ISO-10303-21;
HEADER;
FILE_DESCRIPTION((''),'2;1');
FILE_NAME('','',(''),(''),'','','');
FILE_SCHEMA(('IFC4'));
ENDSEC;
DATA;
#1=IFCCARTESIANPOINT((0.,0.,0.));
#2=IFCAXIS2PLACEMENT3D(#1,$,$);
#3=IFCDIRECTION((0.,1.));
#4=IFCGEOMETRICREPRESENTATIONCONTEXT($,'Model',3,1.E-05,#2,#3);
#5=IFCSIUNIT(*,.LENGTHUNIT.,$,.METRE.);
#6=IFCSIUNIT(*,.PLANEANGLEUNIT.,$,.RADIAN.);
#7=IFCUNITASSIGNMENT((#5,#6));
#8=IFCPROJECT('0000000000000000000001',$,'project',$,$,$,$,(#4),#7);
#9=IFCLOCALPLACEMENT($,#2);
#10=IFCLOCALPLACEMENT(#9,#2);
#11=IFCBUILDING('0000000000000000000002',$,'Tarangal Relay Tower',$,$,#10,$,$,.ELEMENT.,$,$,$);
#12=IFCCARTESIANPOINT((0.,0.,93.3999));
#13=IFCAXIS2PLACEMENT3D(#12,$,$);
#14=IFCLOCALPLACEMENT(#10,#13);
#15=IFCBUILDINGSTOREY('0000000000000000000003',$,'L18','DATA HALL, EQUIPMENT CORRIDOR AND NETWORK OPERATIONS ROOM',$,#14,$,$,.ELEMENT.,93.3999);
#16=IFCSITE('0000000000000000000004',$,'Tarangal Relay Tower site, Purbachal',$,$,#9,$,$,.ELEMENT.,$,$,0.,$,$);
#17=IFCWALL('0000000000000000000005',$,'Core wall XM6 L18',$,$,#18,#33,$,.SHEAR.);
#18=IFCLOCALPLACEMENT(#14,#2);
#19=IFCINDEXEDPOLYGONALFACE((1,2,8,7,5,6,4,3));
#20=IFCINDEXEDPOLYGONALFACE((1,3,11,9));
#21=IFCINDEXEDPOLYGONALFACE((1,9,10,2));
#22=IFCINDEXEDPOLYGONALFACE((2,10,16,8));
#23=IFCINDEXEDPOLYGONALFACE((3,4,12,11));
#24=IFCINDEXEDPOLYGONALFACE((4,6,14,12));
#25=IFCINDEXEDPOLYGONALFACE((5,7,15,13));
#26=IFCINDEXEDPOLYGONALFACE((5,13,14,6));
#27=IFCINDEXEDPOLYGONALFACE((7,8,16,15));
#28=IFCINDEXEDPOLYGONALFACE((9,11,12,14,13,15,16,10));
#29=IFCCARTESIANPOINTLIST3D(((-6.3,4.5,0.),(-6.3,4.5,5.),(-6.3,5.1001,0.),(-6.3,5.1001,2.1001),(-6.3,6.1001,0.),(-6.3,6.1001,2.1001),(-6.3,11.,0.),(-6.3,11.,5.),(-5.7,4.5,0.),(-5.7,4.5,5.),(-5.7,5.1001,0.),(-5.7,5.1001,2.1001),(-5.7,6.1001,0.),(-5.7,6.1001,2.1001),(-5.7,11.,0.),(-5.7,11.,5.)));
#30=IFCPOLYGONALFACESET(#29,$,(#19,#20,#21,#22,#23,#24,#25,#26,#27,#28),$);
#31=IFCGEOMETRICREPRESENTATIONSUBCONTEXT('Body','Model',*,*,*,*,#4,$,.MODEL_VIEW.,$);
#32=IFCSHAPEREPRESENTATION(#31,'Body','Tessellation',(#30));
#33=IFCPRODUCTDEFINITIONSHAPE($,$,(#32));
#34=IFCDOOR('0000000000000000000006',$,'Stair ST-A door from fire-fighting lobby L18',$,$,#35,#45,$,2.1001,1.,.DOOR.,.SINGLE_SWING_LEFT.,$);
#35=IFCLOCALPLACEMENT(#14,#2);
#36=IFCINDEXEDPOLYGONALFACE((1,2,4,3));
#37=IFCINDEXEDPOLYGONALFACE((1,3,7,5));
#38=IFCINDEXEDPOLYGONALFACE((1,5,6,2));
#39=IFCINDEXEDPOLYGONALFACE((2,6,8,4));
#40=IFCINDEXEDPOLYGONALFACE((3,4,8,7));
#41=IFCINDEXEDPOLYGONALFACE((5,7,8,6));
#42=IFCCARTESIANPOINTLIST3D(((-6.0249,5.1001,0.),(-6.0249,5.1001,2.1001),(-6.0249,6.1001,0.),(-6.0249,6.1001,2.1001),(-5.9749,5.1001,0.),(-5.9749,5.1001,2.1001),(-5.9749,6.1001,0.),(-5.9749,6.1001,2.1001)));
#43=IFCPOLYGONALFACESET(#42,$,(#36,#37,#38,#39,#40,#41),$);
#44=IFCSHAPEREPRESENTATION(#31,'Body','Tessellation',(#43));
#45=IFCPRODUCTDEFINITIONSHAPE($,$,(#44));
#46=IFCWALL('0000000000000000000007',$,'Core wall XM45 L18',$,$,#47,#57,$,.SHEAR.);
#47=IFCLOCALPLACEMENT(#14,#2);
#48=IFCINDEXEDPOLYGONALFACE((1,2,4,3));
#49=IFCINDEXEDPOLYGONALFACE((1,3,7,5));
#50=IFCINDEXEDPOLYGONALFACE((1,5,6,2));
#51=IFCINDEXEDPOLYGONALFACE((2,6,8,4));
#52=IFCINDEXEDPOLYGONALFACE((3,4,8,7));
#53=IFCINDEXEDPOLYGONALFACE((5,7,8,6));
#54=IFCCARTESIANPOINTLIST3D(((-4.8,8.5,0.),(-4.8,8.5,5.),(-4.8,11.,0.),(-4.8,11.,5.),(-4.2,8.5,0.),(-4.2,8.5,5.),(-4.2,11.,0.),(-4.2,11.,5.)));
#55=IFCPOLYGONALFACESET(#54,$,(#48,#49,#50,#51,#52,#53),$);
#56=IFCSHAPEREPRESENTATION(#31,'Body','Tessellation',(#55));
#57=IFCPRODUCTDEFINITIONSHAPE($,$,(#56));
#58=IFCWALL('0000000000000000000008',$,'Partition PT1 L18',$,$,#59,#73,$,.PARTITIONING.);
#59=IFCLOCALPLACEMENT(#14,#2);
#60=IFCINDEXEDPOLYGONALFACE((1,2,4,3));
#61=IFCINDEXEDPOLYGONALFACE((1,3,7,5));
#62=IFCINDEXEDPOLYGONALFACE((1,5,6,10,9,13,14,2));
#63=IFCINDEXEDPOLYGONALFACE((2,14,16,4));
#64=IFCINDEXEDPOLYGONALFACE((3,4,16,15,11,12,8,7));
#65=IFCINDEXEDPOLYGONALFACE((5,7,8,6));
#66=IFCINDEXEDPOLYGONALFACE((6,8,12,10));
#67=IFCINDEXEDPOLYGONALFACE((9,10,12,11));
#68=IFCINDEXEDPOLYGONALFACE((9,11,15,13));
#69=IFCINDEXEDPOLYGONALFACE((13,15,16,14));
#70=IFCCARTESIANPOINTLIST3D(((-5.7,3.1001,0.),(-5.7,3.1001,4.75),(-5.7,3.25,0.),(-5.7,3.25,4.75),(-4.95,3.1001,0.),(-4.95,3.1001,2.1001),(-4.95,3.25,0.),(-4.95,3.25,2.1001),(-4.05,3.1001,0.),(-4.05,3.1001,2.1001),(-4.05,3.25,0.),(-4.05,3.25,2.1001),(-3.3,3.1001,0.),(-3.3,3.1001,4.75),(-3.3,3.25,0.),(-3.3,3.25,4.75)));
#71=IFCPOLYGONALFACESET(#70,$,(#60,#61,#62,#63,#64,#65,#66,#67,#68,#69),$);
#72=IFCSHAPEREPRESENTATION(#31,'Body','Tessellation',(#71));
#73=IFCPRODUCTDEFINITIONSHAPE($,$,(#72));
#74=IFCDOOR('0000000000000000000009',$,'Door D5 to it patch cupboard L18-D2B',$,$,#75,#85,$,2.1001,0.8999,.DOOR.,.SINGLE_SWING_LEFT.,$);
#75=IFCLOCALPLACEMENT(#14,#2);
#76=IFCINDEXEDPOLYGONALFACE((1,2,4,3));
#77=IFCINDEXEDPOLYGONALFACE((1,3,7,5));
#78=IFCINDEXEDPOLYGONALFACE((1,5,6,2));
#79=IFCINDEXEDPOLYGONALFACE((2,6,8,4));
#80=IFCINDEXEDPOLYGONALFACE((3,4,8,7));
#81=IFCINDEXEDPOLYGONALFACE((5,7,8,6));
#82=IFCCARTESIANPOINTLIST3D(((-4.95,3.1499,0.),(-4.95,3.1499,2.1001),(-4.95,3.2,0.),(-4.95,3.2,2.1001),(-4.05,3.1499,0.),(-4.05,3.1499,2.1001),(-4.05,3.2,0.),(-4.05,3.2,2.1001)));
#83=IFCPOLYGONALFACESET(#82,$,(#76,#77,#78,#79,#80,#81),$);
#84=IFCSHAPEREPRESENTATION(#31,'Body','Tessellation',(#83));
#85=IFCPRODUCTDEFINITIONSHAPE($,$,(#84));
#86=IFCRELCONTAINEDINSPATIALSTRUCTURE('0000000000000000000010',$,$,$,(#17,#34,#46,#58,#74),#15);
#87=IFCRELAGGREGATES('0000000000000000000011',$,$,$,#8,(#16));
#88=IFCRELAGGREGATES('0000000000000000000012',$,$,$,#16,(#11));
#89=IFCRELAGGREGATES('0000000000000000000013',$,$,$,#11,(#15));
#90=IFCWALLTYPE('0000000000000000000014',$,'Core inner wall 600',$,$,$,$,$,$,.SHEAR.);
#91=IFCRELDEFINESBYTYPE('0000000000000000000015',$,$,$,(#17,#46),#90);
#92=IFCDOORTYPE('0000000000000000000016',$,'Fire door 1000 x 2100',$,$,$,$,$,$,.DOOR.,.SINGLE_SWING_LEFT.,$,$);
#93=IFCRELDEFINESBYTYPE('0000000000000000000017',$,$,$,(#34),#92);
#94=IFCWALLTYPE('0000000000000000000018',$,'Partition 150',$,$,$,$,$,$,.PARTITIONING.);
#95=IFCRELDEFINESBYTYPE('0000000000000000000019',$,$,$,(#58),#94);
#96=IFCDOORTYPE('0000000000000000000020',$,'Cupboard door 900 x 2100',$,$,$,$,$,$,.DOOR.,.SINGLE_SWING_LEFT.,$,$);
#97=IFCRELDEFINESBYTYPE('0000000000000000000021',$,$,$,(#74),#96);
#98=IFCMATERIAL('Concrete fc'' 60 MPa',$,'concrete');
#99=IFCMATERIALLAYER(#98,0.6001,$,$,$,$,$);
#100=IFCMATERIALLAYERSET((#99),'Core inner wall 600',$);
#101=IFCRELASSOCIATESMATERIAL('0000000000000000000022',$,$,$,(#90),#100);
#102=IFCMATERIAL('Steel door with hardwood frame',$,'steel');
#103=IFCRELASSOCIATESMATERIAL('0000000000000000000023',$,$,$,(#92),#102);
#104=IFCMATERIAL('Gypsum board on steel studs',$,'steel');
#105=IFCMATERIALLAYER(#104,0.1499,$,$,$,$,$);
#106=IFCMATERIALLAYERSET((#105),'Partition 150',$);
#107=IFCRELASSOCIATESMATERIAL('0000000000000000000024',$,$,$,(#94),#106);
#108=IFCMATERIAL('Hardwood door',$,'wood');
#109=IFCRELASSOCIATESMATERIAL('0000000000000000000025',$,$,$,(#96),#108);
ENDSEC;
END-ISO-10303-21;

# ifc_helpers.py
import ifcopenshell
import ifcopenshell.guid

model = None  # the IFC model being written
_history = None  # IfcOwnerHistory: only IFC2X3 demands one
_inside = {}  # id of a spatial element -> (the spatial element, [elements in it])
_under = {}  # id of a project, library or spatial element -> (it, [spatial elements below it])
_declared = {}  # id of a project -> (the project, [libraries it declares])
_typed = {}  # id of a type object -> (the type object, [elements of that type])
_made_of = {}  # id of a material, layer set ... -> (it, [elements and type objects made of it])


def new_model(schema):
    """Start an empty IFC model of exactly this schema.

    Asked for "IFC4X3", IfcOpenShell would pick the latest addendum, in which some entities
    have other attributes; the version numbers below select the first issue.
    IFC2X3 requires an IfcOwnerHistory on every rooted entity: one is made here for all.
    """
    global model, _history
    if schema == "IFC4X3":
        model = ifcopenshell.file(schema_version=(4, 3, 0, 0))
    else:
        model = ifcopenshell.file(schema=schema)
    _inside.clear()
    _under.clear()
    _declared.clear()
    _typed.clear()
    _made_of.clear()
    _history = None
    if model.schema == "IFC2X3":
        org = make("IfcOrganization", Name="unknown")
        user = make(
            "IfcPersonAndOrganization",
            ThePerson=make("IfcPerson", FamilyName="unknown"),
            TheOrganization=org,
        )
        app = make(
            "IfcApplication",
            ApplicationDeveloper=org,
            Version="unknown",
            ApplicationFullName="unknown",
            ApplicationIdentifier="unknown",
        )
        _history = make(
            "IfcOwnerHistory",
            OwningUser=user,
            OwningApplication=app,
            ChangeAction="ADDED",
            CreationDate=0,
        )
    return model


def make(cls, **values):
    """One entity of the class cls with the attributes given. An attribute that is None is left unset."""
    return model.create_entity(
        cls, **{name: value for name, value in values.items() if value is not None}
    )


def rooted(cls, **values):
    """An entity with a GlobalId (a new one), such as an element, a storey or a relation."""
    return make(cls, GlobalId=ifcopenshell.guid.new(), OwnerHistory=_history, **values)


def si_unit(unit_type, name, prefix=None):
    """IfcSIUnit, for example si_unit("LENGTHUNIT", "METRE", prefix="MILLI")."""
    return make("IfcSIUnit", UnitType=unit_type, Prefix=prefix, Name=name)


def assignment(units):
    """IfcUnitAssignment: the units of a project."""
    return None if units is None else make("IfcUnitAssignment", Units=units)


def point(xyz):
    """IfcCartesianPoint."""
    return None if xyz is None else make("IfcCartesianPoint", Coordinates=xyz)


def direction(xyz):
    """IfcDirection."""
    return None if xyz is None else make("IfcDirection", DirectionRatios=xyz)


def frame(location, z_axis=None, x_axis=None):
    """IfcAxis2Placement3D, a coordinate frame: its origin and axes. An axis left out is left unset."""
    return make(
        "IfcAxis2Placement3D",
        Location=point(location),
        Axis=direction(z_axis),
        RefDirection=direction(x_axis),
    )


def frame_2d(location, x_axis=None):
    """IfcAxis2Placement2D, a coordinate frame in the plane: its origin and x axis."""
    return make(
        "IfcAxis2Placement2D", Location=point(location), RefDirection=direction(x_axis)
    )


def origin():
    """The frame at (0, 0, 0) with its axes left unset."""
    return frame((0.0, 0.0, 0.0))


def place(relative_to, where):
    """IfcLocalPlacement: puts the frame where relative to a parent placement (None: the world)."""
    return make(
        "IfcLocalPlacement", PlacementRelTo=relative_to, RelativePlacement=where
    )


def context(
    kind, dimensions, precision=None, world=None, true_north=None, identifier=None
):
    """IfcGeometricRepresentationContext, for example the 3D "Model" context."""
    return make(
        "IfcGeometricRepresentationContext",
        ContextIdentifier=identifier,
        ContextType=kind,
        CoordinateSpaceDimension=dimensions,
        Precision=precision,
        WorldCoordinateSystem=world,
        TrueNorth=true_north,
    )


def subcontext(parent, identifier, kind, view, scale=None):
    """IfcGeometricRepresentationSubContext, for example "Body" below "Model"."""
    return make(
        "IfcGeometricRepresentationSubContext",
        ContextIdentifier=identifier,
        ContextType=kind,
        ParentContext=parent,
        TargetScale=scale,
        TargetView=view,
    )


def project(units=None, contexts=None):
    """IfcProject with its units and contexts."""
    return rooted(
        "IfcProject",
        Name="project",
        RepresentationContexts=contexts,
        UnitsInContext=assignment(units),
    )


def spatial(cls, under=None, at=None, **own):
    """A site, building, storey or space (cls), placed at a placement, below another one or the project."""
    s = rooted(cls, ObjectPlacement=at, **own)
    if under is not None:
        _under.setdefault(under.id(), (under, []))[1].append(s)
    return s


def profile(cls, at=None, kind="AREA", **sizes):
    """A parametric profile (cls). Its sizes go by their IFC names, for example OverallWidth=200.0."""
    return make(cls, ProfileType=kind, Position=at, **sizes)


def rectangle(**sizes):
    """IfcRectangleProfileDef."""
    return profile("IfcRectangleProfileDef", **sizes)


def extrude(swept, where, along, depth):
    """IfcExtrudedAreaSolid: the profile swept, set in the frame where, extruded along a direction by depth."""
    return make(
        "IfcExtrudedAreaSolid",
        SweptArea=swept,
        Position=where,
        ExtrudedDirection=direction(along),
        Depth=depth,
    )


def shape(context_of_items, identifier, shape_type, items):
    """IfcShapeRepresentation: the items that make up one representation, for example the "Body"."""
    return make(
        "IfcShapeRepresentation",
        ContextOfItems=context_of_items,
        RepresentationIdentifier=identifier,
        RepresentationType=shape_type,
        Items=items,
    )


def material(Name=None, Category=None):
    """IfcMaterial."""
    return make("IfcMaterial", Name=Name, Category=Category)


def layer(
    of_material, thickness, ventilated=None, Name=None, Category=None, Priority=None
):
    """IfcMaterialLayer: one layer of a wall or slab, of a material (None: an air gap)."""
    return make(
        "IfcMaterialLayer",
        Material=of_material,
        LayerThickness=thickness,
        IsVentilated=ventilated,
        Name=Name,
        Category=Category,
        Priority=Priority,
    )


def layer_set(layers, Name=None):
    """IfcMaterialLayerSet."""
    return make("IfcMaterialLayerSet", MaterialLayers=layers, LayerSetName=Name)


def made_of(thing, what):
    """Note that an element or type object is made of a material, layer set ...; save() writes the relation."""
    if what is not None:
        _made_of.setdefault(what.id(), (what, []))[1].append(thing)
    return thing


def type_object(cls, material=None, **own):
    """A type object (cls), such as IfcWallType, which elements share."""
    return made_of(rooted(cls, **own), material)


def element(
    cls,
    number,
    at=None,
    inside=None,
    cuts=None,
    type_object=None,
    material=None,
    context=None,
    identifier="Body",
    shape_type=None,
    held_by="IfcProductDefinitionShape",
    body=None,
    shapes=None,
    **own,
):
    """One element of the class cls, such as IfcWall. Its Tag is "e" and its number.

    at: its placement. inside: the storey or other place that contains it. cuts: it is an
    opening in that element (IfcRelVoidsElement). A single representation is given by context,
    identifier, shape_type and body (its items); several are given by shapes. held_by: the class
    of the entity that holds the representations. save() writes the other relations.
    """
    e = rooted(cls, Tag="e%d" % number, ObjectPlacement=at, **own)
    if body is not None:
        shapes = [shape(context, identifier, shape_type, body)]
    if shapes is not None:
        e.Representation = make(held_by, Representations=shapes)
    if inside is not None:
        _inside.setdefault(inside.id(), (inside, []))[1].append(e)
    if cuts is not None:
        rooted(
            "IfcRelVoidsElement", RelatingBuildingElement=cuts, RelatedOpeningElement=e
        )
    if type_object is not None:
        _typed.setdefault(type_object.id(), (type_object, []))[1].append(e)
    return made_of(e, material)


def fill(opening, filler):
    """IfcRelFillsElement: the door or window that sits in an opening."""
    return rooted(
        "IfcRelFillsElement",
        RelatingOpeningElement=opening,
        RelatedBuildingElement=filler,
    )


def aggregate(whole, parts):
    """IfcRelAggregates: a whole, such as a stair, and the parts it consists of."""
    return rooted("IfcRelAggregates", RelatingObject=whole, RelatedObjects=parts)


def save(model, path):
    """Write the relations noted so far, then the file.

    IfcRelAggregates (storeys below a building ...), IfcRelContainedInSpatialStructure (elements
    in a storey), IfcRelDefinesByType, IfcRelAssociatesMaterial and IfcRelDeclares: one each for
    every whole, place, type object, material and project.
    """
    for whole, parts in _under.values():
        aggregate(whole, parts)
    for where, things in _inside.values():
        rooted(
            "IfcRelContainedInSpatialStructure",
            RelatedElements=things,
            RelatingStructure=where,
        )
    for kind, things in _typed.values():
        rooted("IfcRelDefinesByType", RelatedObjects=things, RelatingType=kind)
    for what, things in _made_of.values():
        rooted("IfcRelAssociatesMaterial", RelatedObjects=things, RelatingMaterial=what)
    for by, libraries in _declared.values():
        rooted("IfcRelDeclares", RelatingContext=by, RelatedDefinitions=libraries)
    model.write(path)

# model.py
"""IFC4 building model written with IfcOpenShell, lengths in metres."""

from ifc_helpers import new_model, si_unit, direction, frame, frame_2d, origin, place, context, subcontext, project, spatial, rectangle, extrude, material, layer, layer_set, type_object, element, fill, save


model = new_model("IFC4")

# Units and contexts
model_context = context("Model", 3, precision=1e-05, world=origin(), true_north=direction((0.0, 1.0)))
body_context = subcontext(model_context, "Body", "Model", "MODEL_VIEW")
ifc_project = project(units=[si_unit("LENGTHUNIT", "METRE"), si_unit("PLANEANGLEUNIT", "RADIAN")], contexts=[model_context])

# Site, building, storey
site_placement = place(None, origin())
site = spatial("IfcSite", under=ifc_project, at=site_placement, Name="Tarangal Relay Tower site, Purbachal", CompositionType="ELEMENT", RefElevation=0.0)
building_placement = place(site_placement, origin())
building = spatial("IfcBuilding", under=site, at=building_placement, Name="Tarangal Relay Tower", CompositionType="ELEMENT")
storey_placement = place(building_placement, frame((0.0, 0.0, 93.3999)))
storey = spatial("IfcBuildingStorey", under=building, at=storey_placement, Name="L18", Description="DATA HALL, EQUIPMENT CORRIDOR AND NETWORK OPERATIONS ROOM", CompositionType="ELEMENT", Elevation=93.3999)

# Shared definitions
ifc_material_1 = material(Name="Concrete fc' 60 MPa", Category="concrete")
ifc_layer_1 = layer(ifc_material_1, 0.6001)
ifc_layer_set_1 = layer_set([ifc_layer_1], Name="Core inner wall 600")
wall_type_1 = type_object("IfcWallType", Name="Core inner wall 600", PredefinedType="SHEAR", material=ifc_layer_set_1)
ifc_material_2 = material(Name="Steel door with hardwood frame", Category="steel")

# Wall, opening, door
wall_1_placement = place(storey_placement, frame((-6.0, 4.5, 0.0), z_axis=(0.0, 0.0, 1.0), x_axis=(0.0, 1.0, 0.0)))
wall_1 = element("IfcWall", 1, at=wall_1_placement, inside=storey, type_object=wall_type_1, Name="Core wall XM6 L18", PredefinedType="SHEAR", context=body_context, shape_type="SweptSolid", body=[
    extrude(rectangle(XDim=6.5, YDim=0.6001, at=frame_2d((3.25, 0.0))), origin(), (0.0, 0.0, 1.0), 5.0),
])
opening_1_placement = place(wall_1_placement, frame((0.6001, 0.0, 0.0)))
opening_1 = element("IfcOpeningElement", 2, at=opening_1_placement, cuts=wall_1, PredefinedType="OPENING", context=body_context, shape_type="SweptSolid", body=[
    extrude(rectangle(XDim=1.0, YDim=2.1001, at=frame_2d((0.5, 1.05))), frame((0.0, 0.3101, 0.0), z_axis=(0.0, -1.0, 0.0), x_axis=(1.0, 0.0, 0.0)), (0.0, 0.0, 1.0), 0.6201),
])
door_type_1 = type_object("IfcDoorType", Name="Fire door 1000 x 2100", OperationType="SINGLE_SWING_LEFT", PredefinedType="DOOR", material=ifc_material_2)
door_1_placement = place(opening_1_placement, origin())
door_1 = element("IfcDoor", 3, at=door_1_placement, inside=storey, type_object=door_type_1, Name="Stair ST-A door from fire-fighting lobby L18", OperationType="SINGLE_SWING_LEFT", OverallHeight=2.1001, OverallWidth=1.0, PredefinedType="DOOR", context=body_context, shape_type="SweptSolid", body=[
    extrude(rectangle(XDim=1.0, YDim=2.1001, at=frame_2d((0.5, 1.05))), frame((0.0, 0.0249, 0.0), z_axis=(0.0, -1.0, 0.0), x_axis=(1.0, 0.0, 0.0)), (0.0, 0.0, 1.0), 0.05),
])
fill(opening_1, door_1)

# Wall
wall_2_placement = place(storey_placement, frame((-4.5, 8.5, 0.0), z_axis=(0.0, 0.0, 1.0), x_axis=(0.0, 1.0, 0.0)))
element("IfcWall", 4, at=wall_2_placement, inside=storey, type_object=wall_type_1, Name="Core wall XM45 L18", PredefinedType="SHEAR", context=body_context, shape_type="SweptSolid", body=[
    extrude(rectangle(XDim=2.5, YDim=0.6001, at=frame_2d((1.25, 0.0))), origin(), (0.0, 0.0, 1.0), 5.0),
])

# Wall, opening, door
ifc_material_3 = material(Name="Gypsum board on steel studs", Category="steel")
ifc_layer_2 = layer(ifc_material_3, 0.1499)
ifc_layer_set_2 = layer_set([ifc_layer_2], Name="Partition 150")
wall_type_2 = type_object("IfcWallType", Name="Partition 150", PredefinedType="PARTITIONING", material=ifc_layer_set_2)
wall_3_placement = place(storey_placement, frame((-5.7, 3.175, 0.0), z_axis=(0.0, 0.0, 1.0), x_axis=(1.0, 0.0, 0.0)))
wall_3 = element("IfcWall", 5, at=wall_3_placement, inside=storey, type_object=wall_type_2, Name="Partition PT1 L18", PredefinedType="PARTITIONING", context=body_context, shape_type="SweptSolid", body=[
    extrude(rectangle(XDim=2.3999, YDim=0.1499, at=frame_2d((1.2, 0.0))), origin(), (0.0, 0.0, 1.0), 4.75),
])
opening_2_placement = place(wall_3_placement, frame((0.75, 0.0, 0.0)))
opening_2 = element("IfcOpeningElement", 6, at=opening_2_placement, cuts=wall_3, PredefinedType="OPENING", context=body_context, shape_type="SweptSolid", body=[
    extrude(rectangle(XDim=0.8999, YDim=2.1001, at=frame_2d((0.45, 1.05))), frame((0.0, 0.085, 0.0), z_axis=(0.0, -1.0, 0.0), x_axis=(1.0, 0.0, 0.0)), (0.0, 0.0, 1.0), 0.1699),
])
ifc_material_4 = material(Name="Hardwood door", Category="wood")
door_type_2 = type_object("IfcDoorType", Name="Cupboard door 900 x 2100", OperationType="SINGLE_SWING_LEFT", PredefinedType="DOOR", material=ifc_material_4)
door_2_placement = place(opening_2_placement, origin())
door_2 = element("IfcDoor", 7, at=door_2_placement, inside=storey, type_object=door_type_2, Name="Door D5 to it patch cupboard L18-D2B", OperationType="SINGLE_SWING_LEFT", OverallHeight=2.1001, OverallWidth=0.8999, PredefinedType="DOOR", context=body_context, shape_type="SweptSolid", body=[
    extrude(rectangle(XDim=0.8999, YDim=2.1001, at=frame_2d((0.45, 1.05))), frame((0.0, 0.0249, 0.0), z_axis=(0.0, -1.0, 0.0), x_axis=(1.0, 0.0, 0.0)), (0.0, 0.0, 1.0), 0.05),
])
fill(opening_2, door_2)

save(model, "model.ifc")
